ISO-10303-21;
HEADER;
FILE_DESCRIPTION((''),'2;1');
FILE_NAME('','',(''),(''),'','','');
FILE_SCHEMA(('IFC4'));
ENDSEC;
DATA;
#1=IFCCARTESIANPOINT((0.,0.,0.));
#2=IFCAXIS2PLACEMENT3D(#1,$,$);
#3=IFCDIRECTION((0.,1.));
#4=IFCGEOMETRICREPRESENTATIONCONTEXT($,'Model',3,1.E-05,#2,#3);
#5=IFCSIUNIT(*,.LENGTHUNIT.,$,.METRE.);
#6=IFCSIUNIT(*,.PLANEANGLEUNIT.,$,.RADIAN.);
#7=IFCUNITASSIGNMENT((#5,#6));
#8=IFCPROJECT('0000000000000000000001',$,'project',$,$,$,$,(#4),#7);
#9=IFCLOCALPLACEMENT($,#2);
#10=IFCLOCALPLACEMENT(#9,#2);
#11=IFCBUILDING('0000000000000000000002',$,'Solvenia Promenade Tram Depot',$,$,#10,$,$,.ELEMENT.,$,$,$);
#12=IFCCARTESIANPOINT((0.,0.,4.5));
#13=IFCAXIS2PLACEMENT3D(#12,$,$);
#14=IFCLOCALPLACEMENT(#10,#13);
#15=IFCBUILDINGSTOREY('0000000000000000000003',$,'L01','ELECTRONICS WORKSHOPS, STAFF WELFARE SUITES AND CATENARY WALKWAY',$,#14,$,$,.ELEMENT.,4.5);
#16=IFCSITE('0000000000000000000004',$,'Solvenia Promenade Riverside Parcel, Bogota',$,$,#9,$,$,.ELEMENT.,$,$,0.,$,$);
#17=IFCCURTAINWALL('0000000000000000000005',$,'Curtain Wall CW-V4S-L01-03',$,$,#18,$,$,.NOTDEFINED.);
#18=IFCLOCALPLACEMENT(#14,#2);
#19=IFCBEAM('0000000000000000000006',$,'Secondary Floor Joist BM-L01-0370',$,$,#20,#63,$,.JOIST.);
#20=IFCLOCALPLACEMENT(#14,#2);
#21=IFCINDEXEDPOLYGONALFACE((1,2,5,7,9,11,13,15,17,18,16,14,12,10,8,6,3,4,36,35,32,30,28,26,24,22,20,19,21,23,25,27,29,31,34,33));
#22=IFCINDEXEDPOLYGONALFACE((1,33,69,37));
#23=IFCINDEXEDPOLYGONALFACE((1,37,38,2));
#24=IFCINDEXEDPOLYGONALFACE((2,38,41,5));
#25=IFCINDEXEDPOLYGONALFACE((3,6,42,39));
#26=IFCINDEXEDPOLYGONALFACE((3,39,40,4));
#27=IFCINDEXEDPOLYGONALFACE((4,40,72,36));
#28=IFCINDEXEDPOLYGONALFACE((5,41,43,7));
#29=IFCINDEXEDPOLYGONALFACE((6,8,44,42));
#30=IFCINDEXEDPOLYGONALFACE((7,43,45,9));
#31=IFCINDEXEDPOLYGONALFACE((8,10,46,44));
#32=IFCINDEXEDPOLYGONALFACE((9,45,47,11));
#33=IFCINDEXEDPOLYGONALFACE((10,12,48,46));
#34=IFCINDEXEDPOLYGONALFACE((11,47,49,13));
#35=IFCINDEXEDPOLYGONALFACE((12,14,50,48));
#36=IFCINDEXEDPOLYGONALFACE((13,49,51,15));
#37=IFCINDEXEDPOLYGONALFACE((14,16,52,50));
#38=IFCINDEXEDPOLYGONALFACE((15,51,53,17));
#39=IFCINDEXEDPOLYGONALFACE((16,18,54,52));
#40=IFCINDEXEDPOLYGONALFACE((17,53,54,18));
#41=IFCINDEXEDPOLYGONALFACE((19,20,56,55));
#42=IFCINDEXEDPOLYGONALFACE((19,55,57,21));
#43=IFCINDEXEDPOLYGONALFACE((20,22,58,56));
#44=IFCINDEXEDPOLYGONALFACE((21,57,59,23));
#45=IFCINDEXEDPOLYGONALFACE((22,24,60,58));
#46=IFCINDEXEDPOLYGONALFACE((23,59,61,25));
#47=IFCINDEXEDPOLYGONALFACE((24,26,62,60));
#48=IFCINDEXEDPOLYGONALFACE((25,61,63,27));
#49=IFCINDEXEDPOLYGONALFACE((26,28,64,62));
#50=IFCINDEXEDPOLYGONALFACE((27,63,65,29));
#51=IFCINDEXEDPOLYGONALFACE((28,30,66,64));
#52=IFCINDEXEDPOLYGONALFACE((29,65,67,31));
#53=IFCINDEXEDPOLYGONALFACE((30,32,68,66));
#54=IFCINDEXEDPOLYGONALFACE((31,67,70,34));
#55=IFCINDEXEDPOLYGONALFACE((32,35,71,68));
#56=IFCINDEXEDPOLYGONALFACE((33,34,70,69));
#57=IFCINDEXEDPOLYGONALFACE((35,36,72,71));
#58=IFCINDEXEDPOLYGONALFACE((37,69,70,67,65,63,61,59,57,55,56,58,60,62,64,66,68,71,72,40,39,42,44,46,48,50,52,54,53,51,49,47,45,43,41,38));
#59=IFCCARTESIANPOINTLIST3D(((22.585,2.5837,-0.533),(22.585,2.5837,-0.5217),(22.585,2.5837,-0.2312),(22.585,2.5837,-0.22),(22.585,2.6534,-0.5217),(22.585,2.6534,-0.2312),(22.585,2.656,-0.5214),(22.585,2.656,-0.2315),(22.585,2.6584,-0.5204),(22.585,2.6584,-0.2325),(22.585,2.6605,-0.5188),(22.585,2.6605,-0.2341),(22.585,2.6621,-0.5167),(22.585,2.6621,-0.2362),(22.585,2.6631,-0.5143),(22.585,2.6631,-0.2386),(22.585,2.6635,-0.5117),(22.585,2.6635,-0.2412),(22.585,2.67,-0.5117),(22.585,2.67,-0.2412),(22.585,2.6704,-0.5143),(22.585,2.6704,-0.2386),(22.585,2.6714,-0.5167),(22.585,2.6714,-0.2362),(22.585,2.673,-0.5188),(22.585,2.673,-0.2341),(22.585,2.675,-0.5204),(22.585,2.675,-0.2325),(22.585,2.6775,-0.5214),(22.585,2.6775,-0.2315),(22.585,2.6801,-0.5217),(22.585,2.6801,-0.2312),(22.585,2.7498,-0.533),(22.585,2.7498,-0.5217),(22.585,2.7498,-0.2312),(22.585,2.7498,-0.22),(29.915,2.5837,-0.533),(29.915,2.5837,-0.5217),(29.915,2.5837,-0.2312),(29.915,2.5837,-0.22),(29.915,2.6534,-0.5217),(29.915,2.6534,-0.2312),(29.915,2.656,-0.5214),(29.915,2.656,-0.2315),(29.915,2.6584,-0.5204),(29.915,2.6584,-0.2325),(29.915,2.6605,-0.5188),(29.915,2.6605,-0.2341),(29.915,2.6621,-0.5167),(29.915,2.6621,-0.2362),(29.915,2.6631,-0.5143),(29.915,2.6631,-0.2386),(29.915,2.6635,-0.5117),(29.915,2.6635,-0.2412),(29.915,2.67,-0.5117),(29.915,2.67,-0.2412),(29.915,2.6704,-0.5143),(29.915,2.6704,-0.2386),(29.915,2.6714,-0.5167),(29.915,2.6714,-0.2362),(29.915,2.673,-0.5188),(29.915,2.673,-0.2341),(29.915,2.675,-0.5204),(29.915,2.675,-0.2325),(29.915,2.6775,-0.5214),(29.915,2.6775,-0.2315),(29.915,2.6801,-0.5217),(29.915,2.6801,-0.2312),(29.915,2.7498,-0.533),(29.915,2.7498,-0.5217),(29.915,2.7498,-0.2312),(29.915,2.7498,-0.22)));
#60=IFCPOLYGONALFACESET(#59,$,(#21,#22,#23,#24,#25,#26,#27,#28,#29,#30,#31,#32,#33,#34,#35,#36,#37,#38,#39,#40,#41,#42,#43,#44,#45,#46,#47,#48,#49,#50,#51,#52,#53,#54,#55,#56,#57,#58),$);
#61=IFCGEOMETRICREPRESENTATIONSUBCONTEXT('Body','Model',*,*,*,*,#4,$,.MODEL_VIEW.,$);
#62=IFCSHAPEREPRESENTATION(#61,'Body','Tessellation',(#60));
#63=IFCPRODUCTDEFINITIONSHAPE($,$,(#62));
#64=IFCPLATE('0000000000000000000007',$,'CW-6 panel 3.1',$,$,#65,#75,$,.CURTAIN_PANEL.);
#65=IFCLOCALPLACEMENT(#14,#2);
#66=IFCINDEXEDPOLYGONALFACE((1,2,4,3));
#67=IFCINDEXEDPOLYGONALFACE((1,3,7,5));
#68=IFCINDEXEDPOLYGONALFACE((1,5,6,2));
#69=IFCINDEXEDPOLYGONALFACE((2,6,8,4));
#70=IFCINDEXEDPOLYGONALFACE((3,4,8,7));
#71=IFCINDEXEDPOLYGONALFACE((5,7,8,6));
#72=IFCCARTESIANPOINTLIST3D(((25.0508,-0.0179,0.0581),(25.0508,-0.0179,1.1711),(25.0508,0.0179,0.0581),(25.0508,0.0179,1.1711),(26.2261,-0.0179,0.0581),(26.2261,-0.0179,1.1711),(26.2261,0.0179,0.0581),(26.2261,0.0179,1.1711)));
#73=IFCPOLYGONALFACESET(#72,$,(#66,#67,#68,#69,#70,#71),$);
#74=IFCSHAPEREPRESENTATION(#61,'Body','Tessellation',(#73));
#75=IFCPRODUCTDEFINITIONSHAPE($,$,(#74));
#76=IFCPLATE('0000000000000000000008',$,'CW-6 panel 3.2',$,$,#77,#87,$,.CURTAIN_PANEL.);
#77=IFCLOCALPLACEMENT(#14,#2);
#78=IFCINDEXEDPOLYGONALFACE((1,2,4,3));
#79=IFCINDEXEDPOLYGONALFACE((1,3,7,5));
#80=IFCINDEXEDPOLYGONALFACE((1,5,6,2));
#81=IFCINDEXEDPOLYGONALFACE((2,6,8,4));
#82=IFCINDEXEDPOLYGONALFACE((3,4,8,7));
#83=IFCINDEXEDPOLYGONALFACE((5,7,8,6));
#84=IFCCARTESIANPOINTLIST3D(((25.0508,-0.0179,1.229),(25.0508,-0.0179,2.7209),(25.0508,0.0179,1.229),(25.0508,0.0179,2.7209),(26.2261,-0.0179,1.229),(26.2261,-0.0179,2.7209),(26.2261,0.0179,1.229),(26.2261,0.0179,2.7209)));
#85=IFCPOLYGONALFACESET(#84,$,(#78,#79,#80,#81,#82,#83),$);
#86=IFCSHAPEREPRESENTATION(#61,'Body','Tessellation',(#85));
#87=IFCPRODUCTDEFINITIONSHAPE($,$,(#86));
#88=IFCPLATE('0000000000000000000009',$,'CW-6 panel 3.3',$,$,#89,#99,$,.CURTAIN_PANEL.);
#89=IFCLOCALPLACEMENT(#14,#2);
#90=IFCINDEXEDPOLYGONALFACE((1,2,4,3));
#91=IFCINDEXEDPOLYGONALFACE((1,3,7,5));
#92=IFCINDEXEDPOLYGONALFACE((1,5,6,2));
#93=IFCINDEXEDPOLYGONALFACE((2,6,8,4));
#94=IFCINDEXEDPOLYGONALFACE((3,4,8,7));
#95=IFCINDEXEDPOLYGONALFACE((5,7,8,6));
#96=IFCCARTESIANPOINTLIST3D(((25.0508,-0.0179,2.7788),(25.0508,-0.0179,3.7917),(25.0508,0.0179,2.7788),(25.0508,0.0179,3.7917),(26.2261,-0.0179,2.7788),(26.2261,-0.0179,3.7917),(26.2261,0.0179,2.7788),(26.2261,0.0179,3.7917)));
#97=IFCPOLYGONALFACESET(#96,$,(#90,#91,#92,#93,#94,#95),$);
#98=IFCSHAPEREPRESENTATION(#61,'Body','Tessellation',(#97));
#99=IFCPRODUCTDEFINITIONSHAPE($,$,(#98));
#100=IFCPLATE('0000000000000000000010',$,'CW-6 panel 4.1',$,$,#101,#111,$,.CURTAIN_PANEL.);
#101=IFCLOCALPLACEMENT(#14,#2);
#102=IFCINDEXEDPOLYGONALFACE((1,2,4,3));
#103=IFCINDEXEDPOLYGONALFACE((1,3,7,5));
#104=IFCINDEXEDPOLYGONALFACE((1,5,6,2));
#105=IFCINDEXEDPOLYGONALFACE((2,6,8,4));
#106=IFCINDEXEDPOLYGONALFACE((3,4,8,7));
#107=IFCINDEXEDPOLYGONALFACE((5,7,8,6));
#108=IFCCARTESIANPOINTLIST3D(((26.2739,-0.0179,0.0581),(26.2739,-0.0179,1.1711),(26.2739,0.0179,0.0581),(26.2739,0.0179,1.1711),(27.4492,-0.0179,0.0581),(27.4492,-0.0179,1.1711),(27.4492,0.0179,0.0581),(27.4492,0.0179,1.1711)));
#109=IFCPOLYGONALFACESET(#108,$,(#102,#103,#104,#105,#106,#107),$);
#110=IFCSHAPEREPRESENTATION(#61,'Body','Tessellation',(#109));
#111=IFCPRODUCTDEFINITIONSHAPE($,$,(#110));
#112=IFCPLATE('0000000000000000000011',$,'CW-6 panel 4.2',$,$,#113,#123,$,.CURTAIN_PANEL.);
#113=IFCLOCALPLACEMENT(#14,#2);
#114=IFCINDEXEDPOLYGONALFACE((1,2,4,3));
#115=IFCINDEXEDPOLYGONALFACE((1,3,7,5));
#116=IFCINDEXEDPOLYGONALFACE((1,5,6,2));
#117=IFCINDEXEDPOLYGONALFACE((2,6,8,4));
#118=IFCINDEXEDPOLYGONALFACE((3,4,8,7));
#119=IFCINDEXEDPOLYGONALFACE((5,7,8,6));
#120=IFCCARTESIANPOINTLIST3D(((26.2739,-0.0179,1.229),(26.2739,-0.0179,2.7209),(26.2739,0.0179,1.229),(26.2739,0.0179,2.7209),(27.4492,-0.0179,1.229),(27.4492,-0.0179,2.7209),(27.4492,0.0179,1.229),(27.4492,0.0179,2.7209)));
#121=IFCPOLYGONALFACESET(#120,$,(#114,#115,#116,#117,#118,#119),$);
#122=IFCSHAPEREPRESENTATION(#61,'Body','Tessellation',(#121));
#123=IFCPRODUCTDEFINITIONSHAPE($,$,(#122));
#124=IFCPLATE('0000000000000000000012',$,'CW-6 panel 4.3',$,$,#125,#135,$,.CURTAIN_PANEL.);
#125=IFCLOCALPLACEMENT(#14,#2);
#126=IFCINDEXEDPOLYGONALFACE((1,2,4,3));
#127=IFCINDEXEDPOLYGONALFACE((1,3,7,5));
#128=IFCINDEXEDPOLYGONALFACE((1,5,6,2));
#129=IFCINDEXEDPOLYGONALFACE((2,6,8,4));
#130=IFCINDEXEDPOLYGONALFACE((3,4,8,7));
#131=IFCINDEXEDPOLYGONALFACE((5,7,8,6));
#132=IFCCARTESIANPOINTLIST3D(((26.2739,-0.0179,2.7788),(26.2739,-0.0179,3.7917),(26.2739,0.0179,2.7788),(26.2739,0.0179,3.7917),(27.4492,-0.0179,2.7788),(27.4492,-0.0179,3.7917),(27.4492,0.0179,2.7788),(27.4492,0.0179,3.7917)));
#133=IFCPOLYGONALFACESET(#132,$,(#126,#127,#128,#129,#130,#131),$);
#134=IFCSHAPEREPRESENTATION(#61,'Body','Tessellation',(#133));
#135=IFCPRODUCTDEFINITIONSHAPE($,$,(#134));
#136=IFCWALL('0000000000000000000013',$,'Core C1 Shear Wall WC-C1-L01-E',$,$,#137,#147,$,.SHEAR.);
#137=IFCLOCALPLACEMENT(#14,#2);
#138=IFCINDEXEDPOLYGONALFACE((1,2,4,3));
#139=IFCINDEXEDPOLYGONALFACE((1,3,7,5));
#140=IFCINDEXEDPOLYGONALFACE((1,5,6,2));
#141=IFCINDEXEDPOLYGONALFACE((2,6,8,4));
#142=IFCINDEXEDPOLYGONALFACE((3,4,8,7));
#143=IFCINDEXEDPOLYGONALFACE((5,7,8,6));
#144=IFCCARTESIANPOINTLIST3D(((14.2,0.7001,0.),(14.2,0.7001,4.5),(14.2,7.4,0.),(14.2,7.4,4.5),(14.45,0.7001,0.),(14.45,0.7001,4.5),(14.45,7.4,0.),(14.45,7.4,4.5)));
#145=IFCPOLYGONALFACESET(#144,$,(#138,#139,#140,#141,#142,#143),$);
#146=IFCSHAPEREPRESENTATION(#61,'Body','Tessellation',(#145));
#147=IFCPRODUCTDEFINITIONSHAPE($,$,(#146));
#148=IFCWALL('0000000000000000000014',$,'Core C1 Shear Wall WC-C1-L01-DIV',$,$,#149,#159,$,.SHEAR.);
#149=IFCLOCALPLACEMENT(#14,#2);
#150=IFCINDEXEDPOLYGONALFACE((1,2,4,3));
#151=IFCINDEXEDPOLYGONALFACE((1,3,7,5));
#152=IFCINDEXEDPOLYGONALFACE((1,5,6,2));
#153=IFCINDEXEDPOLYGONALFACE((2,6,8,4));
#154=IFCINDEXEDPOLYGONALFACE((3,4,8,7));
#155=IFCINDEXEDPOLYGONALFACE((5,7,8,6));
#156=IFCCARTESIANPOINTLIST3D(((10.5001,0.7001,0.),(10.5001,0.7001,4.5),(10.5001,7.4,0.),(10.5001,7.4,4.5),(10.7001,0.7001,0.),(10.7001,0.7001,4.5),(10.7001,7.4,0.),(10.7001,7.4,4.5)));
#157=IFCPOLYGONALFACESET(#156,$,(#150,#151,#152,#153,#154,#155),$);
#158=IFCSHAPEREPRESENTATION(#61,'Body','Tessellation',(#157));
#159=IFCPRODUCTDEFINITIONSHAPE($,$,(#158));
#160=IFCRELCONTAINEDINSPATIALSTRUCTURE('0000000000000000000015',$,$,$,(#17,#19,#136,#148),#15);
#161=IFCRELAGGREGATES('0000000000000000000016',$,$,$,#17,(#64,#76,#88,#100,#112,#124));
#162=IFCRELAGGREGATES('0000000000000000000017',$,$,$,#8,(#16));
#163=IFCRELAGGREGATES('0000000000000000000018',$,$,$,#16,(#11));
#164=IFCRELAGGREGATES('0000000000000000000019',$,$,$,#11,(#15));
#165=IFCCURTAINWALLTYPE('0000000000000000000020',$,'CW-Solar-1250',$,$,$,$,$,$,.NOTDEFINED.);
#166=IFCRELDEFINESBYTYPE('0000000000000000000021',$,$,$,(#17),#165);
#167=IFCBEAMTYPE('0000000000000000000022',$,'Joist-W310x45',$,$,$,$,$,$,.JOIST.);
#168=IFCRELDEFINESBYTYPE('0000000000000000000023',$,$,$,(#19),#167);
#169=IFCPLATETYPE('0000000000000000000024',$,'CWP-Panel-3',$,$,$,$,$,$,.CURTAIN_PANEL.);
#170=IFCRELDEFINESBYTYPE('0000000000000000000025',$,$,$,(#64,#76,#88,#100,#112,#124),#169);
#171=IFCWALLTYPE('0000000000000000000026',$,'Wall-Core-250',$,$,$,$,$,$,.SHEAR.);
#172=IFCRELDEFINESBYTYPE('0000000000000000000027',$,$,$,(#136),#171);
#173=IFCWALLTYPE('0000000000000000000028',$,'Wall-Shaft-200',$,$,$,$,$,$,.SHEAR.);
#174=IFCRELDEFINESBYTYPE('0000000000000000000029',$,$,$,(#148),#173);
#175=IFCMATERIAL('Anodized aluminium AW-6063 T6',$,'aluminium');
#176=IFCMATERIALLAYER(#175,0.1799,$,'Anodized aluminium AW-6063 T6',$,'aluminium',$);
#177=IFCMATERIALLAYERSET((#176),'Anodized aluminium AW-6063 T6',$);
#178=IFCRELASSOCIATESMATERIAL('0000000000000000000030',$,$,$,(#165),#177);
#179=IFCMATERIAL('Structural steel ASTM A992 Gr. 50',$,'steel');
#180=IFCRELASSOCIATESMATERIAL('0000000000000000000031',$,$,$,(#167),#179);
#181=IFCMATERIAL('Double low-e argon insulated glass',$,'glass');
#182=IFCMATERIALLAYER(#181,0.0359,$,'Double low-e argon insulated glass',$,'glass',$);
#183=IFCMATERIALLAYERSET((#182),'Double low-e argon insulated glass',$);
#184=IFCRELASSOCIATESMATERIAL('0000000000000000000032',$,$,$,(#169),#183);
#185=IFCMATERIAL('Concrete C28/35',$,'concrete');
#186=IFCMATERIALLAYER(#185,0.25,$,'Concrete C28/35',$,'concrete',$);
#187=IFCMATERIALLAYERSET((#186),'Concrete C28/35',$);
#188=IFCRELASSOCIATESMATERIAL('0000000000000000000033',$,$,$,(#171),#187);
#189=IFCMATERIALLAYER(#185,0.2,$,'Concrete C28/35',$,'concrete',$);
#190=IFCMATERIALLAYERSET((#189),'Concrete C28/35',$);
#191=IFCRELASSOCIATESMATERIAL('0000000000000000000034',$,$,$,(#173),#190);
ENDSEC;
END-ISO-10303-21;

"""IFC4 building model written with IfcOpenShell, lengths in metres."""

from ifc_helpers import new_model, si_unit, direction, frame, frame_2d, origin, origin_2d, place, context, subcontext, project, spatial, rectangle, i_section, extrude, material, layer, layer_set, material_profile, profile_set, type_object, element, aggregate, save


model = new_model("IFC4")

# Units and contexts
model_context = context("Model", 3, precision=1e-05, world=origin(), true_north=direction((0.0, 1.0)))
body_context = subcontext(model_context, "Body", "Model", "MODEL_VIEW")
ifc_project = project(units=[si_unit("LENGTHUNIT", "METRE"), si_unit("PLANEANGLEUNIT", "RADIAN")], contexts=[model_context])

# Site, building, storey
site_placement = place(None, origin())
site = spatial("IfcSite", under=ifc_project, at=site_placement, Name="Solvenia Promenade Riverside Parcel, Bogota", CompositionType="ELEMENT", RefElevation=0.0)
building_placement = place(site_placement, origin())
building = spatial("IfcBuilding", under=site, at=building_placement, Name="Solvenia Promenade Tram Depot", CompositionType="ELEMENT")
storey_placement = place(building_placement, frame((0.0, 0.0, 4.5)))
storey = spatial("IfcBuildingStorey", under=building, at=storey_placement, Name="L01", Description="ELECTRONICS WORKSHOPS, STAFF WELFARE SUITES AND CATENARY WALKWAY", CompositionType="ELEMENT", Elevation=4.5)

# Curtain wall
ifc_material_1 = material(Name="Anodized aluminium AW-6063 T6", Category="aluminium")
ifc_layer_1 = layer(ifc_material_1, 0.1799, Name="Anodized aluminium AW-6063 T6", Category="aluminium")
ifc_layer_set_1 = layer_set([ifc_layer_1], Name="Anodized aluminium AW-6063 T6")
curtain_wall_type = type_object("IfcCurtainWallType", Name="CW-Solar-1250", PredefinedType="NOTDEFINED", material=ifc_layer_set_1)
curtain_wall_placement = place(storey_placement, origin())
curtain_wall = element("IfcCurtainWall", 1, at=curtain_wall_placement, inside=storey, type_object=curtain_wall_type, Name="Curtain Wall CW-V4S-L01-03", PredefinedType="NOTDEFINED")

# Beam
ifc_material_2 = material(Name="Structural steel ASTM A992 Gr. 50", Category="steel")
ifc_material_profile_1 = material_profile(ifc_material_2, i_section(OverallWidth=0.166, OverallDepth=0.313, WebThickness=0.0066, FlangeThickness=0.0112, FilletRadius=0.01, at=origin_2d()), Name="W310x45", Category="steel")
ifc_profile_set_1 = profile_set([ifc_material_profile_1], Name="Structural steel ASTM A992 Gr. 50")
beam_type_1 = type_object("IfcBeamType", Name="Joist-W310x45", PredefinedType="JOIST", material=ifc_profile_set_1)
for number, where, z_axis, x_axis, name in (
    (2, (22.585, 2.6667, -0.3765), (1.0, 0.0, 0.0), (0.0, 1.0, 0.0), "Secondary Floor Joist BM-L01-0370"),
):
    element("IfcBeam", number, at=place(storey_placement, frame(where, z_axis=z_axis, x_axis=x_axis)), inside=storey, type_object=beam_type_1, Name=name, PredefinedType="JOIST", context=body_context, shape_type="SweptSolid", body=[
        extrude(i_section(OverallWidth=0.166, OverallDepth=0.313, WebThickness=0.0066, FlangeThickness=0.0112, FilletRadius=0.01, at=origin_2d()), origin(), (0.0, 0.0, 1.0), 7.3301),
    ])

# Plates
ifc_material_3 = material(Name="Double low-e argon insulated glass", Category="glass")
ifc_layer_2 = layer(ifc_material_3, 0.0359, Name="Double low-e argon insulated glass", Category="glass")
ifc_layer_set_2 = layer_set([ifc_layer_2], Name="Double low-e argon insulated glass")
plate_type = type_object("IfcPlateType", Name="CWP-Panel-3", PredefinedType="CURTAIN_PANEL", material=ifc_layer_set_2)
plate_1_placement = place(storey_placement, frame((25.6384, 0.0, 0.0581), z_axis=(0.0, 0.0, 1.0), x_axis=(1.0, 0.0, 0.0)))
plate_1 = element("IfcPlate", 3, at=plate_1_placement, type_object=plate_type, Name="CW-6 panel 3.1", PredefinedType="CURTAIN_PANEL", context=body_context, shape_type="SweptSolid", body=[
    extrude(rectangle(XDim=1.1753, YDim=0.0359, at=origin_2d()), origin(), (0.0, 0.0, 1.0), 1.113),
])
plate_2_placement = place(storey_placement, frame((25.6384, 0.0, 1.229), z_axis=(0.0, 0.0, 1.0), x_axis=(1.0, 0.0, 0.0)))
plate_2 = element("IfcPlate", 4, at=plate_2_placement, type_object=plate_type, Name="CW-6 panel 3.2", PredefinedType="CURTAIN_PANEL", context=body_context, shape_type="SweptSolid", body=[
    extrude(rectangle(XDim=1.1753, YDim=0.0359, at=origin_2d()), origin(), (0.0, 0.0, 1.0), 1.4919),
])
plate_3_placement = place(storey_placement, frame((25.6384, 0.0, 2.7788), z_axis=(0.0, 0.0, 1.0), x_axis=(1.0, 0.0, 0.0)))
plate_3 = element("IfcPlate", 5, at=plate_3_placement, type_object=plate_type, Name="CW-6 panel 3.3", PredefinedType="CURTAIN_PANEL", context=body_context, shape_type="SweptSolid", body=[
    extrude(rectangle(XDim=1.1753, YDim=0.0359, at=origin_2d()), origin(), (0.0, 0.0, 1.0), 1.0129),
])
plate_4_placement = place(storey_placement, frame((26.8616, 0.0, 0.0581), z_axis=(0.0, 0.0, 1.0), x_axis=(1.0, 0.0, 0.0)))
plate_4 = element("IfcPlate", 6, at=plate_4_placement, type_object=plate_type, Name="CW-6 panel 4.1", PredefinedType="CURTAIN_PANEL", context=body_context, shape_type="SweptSolid", body=[
    extrude(rectangle(XDim=1.1753, YDim=0.0359, at=origin_2d()), origin(), (0.0, 0.0, 1.0), 1.113),
])
plate_5_placement = place(storey_placement, frame((26.8616, 0.0, 1.229), z_axis=(0.0, 0.0, 1.0), x_axis=(1.0, 0.0, 0.0)))
plate_5 = element("IfcPlate", 7, at=plate_5_placement, type_object=plate_type, Name="CW-6 panel 4.2", PredefinedType="CURTAIN_PANEL", context=body_context, shape_type="SweptSolid", body=[
    extrude(rectangle(XDim=1.1753, YDim=0.0359, at=origin_2d()), origin(), (0.0, 0.0, 1.0), 1.4919),
])
plate_6_placement = place(storey_placement, frame((26.8616, 0.0, 2.7788), z_axis=(0.0, 0.0, 1.0), x_axis=(1.0, 0.0, 0.0)))
plate_6 = element("IfcPlate", 8, at=plate_6_placement, type_object=plate_type, Name="CW-6 panel 4.3", PredefinedType="CURTAIN_PANEL", context=body_context, shape_type="SweptSolid", body=[
    extrude(rectangle(XDim=1.1753, YDim=0.0359, at=origin_2d()), origin(), (0.0, 0.0, 1.0), 1.0129),
])
aggregate(curtain_wall, [plate_1, plate_2, plate_3, plate_4, plate_5, plate_6])

# Walls
ifc_material_4 = material(Name="Concrete C28/35", Category="concrete")
ifc_layer_3 = layer(ifc_material_4, 0.25, Name="Concrete C28/35", Category="concrete")
ifc_layer_set_3 = layer_set([ifc_layer_3], Name="Concrete C28/35")
wall_type_1 = type_object("IfcWallType", Name="Wall-Core-250", PredefinedType="SHEAR", material=ifc_layer_set_3)
wall_1_placement = place(storey_placement, frame((14.325, 0.7, 0.0), z_axis=(0.0, 0.0, 1.0), x_axis=(0.0, 1.0, 0.0)))
element("IfcWall", 9, at=wall_1_placement, inside=storey, type_object=wall_type_1, Name="Core C1 Shear Wall WC-C1-L01-E", PredefinedType="SHEAR", context=body_context, shape_type="SweptSolid", body=[
    extrude(rectangle(XDim=6.7, YDim=0.25, at=frame_2d((3.3501, 0.0))), origin(), (0.0, 0.0, 1.0), 4.5),
])
ifc_layer_4 = layer(ifc_material_4, 0.2, Name="Concrete C28/35", Category="concrete")
ifc_layer_set_4 = layer_set([ifc_layer_4], Name="Concrete C28/35")
wall_type_2 = type_object("IfcWallType", Name="Wall-Shaft-200", PredefinedType="SHEAR", material=ifc_layer_set_4)
wall_2_placement = place(storey_placement, frame((10.6001, 0.7, 0.0), z_axis=(0.0, 0.0, 1.0), x_axis=(0.0, 1.0, 0.0)))
element("IfcWall", 10, at=wall_2_placement, inside=storey, type_object=wall_type_2, Name="Core C1 Shear Wall WC-C1-L01-DIV", PredefinedType="SHEAR", context=body_context, shape_type="SweptSolid", body=[
    extrude(rectangle(XDim=6.7, YDim=0.2, at=frame_2d((3.3501, 0.0))), origin(), (0.0, 0.0, 1.0), 4.5),
])

save(model, "model.ifc")
